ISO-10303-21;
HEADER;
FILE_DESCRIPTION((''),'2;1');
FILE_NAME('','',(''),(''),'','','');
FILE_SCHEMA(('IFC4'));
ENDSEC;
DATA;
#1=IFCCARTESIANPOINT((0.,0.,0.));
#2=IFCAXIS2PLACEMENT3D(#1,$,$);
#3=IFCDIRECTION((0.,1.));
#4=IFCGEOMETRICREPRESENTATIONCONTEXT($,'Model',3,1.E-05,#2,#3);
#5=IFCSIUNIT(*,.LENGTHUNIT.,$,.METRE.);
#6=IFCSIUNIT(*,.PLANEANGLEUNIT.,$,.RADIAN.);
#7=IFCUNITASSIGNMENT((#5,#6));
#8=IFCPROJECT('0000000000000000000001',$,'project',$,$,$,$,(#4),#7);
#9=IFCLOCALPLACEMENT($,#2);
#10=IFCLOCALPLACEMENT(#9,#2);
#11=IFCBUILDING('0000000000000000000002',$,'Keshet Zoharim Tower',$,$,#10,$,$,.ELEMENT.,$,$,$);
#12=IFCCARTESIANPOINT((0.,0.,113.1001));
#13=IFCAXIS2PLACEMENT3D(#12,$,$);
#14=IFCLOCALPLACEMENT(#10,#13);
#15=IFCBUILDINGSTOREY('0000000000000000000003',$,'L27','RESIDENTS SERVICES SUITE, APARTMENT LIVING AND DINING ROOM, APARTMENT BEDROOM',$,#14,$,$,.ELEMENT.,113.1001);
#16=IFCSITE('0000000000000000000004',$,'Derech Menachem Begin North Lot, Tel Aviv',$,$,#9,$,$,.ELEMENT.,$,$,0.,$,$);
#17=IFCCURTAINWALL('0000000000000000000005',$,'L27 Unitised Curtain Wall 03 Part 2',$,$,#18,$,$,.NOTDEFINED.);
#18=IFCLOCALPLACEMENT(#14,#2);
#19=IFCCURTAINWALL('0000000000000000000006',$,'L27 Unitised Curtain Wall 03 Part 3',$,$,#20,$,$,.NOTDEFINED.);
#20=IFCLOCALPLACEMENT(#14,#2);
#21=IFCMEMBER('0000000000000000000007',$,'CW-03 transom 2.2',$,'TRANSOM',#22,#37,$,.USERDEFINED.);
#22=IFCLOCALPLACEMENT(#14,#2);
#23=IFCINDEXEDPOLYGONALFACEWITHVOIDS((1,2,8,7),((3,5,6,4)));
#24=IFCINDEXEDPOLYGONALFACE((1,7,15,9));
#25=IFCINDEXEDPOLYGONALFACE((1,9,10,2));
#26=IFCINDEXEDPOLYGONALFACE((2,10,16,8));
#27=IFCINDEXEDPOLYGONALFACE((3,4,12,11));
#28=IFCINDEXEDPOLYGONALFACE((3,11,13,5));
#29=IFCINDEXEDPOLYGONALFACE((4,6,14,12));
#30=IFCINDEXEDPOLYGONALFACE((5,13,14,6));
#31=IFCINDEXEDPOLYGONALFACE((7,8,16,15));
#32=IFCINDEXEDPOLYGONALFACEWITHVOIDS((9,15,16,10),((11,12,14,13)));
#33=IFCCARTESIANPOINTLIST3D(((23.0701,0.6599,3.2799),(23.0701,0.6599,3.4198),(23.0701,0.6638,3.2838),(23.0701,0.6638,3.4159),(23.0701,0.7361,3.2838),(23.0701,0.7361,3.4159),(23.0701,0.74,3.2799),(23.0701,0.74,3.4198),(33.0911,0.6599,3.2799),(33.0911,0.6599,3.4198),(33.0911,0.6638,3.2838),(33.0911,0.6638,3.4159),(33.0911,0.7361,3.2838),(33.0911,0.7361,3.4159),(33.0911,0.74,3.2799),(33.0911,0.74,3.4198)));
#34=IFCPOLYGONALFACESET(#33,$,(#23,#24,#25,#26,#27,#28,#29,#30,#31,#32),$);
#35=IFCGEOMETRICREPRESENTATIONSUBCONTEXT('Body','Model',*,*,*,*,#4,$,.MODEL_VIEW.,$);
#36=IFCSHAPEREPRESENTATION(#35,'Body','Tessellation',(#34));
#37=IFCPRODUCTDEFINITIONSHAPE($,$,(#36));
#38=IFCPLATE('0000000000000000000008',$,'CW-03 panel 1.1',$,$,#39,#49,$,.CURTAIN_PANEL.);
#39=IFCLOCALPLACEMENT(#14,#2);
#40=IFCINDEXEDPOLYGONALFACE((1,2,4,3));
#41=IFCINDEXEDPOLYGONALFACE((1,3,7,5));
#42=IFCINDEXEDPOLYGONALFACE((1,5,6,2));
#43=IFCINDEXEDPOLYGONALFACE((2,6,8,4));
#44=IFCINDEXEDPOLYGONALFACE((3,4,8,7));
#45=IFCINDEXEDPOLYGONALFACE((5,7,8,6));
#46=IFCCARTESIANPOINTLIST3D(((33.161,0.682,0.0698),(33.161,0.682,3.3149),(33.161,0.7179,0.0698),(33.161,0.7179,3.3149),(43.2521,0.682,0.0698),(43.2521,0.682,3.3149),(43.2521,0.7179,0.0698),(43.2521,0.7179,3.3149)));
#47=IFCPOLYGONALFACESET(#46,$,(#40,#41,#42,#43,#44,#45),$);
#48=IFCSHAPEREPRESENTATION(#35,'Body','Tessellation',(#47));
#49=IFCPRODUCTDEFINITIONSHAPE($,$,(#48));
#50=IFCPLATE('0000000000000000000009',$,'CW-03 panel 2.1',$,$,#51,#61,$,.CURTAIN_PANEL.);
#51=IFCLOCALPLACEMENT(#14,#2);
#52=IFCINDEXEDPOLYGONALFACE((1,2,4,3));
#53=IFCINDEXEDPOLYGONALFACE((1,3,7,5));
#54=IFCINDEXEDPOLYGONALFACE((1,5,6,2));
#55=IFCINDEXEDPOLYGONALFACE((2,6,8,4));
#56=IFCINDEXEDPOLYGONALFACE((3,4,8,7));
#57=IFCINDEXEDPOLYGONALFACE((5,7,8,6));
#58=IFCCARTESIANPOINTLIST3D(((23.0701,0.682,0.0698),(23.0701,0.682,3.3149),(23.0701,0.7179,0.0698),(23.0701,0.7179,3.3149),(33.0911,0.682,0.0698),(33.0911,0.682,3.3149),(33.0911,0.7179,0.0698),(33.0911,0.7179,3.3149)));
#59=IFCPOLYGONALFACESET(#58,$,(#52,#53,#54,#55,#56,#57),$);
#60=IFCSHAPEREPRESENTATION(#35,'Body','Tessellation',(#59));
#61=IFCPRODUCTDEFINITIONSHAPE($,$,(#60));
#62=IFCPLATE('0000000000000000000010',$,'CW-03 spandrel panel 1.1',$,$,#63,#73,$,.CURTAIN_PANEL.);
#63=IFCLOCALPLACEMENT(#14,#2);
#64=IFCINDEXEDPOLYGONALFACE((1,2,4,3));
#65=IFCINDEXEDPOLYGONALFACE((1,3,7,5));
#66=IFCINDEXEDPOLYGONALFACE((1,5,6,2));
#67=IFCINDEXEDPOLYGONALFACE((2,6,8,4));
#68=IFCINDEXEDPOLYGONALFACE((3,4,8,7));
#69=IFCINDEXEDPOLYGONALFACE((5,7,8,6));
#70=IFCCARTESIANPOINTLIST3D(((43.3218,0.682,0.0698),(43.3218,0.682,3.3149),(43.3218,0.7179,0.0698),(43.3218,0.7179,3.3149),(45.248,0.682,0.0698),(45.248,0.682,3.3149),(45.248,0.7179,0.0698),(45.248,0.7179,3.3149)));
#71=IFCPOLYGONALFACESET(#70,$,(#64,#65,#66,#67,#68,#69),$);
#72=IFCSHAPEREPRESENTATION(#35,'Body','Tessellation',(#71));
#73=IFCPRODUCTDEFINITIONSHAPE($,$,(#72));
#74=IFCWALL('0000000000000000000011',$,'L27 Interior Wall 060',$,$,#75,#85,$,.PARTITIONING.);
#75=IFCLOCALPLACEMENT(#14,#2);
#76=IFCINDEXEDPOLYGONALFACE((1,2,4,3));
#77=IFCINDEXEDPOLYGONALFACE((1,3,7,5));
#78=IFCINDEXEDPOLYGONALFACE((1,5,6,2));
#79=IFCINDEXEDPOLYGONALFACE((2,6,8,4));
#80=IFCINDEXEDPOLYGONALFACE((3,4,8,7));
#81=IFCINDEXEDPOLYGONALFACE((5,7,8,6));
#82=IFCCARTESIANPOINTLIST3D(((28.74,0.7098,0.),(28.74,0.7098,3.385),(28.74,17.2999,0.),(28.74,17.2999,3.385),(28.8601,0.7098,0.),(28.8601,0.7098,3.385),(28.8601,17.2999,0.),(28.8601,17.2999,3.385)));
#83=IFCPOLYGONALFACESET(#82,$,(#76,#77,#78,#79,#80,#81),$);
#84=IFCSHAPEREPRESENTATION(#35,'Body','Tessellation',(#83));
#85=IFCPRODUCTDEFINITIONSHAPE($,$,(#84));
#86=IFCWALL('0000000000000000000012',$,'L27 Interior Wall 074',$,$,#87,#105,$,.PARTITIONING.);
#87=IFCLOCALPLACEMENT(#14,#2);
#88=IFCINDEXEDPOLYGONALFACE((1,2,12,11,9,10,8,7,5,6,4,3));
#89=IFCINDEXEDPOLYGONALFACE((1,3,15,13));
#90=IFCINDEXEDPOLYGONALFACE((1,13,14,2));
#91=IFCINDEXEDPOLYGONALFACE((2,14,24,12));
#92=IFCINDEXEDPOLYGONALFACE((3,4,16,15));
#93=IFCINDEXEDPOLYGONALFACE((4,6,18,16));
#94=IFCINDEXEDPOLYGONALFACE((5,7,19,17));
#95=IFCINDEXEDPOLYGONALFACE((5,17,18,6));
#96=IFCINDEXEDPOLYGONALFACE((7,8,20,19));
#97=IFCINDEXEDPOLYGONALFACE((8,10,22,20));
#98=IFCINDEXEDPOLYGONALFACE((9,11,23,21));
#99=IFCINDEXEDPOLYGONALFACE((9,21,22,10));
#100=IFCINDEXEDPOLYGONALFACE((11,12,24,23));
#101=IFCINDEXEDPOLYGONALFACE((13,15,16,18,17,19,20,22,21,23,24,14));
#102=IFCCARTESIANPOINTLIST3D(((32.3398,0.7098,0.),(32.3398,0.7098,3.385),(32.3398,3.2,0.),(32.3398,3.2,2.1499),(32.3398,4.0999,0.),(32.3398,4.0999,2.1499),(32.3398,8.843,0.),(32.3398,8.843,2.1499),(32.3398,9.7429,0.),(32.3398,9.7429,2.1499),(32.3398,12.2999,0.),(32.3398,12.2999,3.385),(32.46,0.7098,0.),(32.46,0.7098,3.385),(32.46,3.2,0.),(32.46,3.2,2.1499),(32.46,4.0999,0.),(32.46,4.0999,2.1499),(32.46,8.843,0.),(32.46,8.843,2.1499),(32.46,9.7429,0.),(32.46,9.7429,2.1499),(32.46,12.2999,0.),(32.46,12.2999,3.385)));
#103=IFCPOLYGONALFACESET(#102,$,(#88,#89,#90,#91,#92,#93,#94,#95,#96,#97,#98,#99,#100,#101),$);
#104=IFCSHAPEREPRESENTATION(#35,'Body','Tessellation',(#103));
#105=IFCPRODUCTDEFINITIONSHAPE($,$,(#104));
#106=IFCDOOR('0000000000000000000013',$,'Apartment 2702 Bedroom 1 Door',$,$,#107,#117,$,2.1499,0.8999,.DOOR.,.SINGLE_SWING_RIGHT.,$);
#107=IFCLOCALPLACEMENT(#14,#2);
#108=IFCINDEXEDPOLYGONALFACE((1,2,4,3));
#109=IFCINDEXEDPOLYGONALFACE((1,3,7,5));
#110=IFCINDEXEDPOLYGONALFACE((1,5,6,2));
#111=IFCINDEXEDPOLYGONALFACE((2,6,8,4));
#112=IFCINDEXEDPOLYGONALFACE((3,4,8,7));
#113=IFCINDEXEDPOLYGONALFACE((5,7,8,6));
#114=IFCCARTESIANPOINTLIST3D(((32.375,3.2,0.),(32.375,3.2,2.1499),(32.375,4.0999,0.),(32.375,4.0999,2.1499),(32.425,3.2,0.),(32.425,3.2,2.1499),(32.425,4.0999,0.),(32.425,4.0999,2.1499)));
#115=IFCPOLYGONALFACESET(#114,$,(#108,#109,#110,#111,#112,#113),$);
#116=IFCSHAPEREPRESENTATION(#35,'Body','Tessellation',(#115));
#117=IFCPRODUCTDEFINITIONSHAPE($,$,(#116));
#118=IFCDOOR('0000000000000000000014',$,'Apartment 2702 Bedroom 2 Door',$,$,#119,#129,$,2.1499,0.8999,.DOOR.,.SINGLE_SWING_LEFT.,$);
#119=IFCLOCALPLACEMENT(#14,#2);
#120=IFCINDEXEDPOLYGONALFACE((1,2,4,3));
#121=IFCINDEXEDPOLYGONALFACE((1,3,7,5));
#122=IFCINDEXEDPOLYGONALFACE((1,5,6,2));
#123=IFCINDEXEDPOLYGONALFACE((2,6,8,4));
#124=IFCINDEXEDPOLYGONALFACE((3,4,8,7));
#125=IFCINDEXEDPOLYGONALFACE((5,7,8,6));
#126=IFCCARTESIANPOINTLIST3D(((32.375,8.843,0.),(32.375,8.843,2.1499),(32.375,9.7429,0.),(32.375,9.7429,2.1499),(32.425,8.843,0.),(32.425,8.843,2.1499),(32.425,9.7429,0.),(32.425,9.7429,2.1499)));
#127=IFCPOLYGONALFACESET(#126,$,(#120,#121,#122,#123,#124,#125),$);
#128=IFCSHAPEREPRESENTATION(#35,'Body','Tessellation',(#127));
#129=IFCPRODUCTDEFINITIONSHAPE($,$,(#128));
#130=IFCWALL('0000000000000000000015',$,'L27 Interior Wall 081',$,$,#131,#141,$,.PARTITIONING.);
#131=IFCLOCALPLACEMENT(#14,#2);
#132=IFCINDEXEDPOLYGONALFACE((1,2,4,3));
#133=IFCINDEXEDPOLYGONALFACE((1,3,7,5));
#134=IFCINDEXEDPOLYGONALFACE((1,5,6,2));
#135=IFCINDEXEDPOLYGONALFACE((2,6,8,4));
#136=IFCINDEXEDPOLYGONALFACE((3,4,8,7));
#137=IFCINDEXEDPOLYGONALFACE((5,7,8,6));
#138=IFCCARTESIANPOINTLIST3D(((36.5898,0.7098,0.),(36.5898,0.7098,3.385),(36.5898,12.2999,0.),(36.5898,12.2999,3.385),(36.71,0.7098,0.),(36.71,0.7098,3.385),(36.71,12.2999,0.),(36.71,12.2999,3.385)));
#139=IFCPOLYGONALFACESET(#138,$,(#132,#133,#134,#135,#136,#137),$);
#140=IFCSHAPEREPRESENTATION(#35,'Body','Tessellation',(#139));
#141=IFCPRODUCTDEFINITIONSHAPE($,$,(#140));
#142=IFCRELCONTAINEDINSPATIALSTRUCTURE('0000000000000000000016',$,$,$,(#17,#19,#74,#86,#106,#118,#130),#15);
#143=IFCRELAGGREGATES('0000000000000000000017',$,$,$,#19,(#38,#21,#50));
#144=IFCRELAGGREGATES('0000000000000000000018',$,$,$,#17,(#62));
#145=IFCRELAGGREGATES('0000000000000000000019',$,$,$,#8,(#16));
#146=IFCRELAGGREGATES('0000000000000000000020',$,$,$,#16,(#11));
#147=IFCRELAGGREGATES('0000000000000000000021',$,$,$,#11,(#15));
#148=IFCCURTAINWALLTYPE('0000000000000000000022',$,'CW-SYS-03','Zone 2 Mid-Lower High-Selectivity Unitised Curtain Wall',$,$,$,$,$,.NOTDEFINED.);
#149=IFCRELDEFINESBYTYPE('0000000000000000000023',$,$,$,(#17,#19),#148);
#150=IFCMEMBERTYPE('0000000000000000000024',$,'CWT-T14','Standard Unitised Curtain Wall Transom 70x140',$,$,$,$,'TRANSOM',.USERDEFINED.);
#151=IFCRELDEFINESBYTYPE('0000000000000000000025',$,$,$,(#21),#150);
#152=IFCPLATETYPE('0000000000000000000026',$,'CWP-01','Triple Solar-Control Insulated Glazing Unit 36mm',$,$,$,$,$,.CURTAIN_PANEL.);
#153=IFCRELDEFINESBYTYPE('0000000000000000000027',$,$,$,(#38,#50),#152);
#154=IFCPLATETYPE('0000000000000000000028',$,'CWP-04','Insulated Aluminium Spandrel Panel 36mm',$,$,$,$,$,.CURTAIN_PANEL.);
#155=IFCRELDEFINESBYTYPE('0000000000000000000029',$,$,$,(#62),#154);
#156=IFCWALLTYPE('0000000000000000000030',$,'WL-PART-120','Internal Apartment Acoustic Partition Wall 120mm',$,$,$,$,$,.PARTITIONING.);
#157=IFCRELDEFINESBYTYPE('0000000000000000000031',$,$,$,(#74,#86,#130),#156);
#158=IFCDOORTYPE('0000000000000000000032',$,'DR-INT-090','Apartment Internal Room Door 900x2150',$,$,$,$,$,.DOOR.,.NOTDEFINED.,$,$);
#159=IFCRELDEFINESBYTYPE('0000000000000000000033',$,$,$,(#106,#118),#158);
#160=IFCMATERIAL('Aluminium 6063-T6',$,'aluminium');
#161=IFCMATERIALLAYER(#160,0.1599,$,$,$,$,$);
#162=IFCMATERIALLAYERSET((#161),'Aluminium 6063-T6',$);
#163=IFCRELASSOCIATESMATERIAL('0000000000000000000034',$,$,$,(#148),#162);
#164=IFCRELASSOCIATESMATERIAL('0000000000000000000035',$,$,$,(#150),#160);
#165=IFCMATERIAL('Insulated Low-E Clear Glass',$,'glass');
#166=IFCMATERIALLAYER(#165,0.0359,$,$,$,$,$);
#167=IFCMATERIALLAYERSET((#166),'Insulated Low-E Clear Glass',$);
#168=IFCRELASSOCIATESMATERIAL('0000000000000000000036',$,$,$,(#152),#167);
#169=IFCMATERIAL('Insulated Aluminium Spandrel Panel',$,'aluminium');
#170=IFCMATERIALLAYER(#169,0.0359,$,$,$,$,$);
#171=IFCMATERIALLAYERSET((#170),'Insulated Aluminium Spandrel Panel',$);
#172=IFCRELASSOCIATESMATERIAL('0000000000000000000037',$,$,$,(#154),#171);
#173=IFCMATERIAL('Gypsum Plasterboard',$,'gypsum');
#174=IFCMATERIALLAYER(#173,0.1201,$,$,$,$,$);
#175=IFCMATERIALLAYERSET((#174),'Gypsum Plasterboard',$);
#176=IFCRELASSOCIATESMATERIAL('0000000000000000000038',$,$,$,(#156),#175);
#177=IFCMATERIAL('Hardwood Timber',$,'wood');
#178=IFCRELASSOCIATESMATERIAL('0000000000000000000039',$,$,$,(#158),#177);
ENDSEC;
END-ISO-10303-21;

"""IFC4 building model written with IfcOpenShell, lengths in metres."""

from ifc_helpers import new_model, si_unit, direction, frame, frame_2d, origin, origin_2d, place, context, subcontext, project, spatial, rectangle, hollow_rectangle, extrude, material, layer, layer_set, material_profile, profile_set, type_object, element, fill, aggregate, save


model = new_model("IFC4")

# Units and contexts
model_context = context("Model", 3, precision=1e-05, world=origin(), true_north=direction((0.0, 1.0)))
body_context = subcontext(model_context, "Body", "Model", "MODEL_VIEW")
ifc_project = project(units=[si_unit("LENGTHUNIT", "METRE"), si_unit("PLANEANGLEUNIT", "RADIAN")], contexts=[model_context])

# Site, building, storey
site_placement = place(None, origin())
site = spatial("IfcSite", under=ifc_project, at=site_placement, Name="Derech Menachem Begin North Lot, Tel Aviv", CompositionType="ELEMENT", RefElevation=0.0)
building_placement = place(site_placement, origin())
building = spatial("IfcBuilding", under=site, at=building_placement, Name="Keshet Zoharim Tower", CompositionType="ELEMENT")
storey_placement = place(building_placement, frame((0.0, 0.0, 113.1001)))
storey = spatial("IfcBuildingStorey", under=building, at=storey_placement, Name="L27", Description="RESIDENTS SERVICES SUITE, APARTMENT LIVING AND DINING ROOM, APARTMENT BEDROOM", CompositionType="ELEMENT", Elevation=113.1001)

# Curtain wall
ifc_material_1 = material(Name="Aluminium 6063-T6", Category="aluminium")
ifc_layer_1 = layer(ifc_material_1, 0.1599)
ifc_layer_set_1 = layer_set([ifc_layer_1], Name="Aluminium 6063-T6")
curtain_wall_type = type_object("IfcCurtainWallType", Name="CW-SYS-03", Description="Zone 2 Mid-Lower High-Selectivity Unitised Curtain Wall", PredefinedType="NOTDEFINED", material=ifc_layer_set_1)
curtain_wall_1_placement = place(storey_placement, origin())
curtain_wall_1 = element("IfcCurtainWall", 1, at=curtain_wall_1_placement, inside=storey, type_object=curtain_wall_type, Name="L27 Unitised Curtain Wall 03 Part 2", PredefinedType="NOTDEFINED")

# Curtain wall, member, plates
curtain_wall_2_placement = place(storey_placement, origin())
curtain_wall_2 = element("IfcCurtainWall", 2, at=curtain_wall_2_placement, inside=storey, type_object=curtain_wall_type, Name="L27 Unitised Curtain Wall 03 Part 3", PredefinedType="NOTDEFINED")
ifc_material_profile_1 = material_profile(ifc_material_1, hollow_rectangle(XDim=0.0801, YDim=0.1399, WallThickness=0.0039, at=origin_2d()), Name="TRN-80x140")
ifc_profile_set_1 = profile_set([ifc_material_profile_1], Name="Aluminium 6063-T6")
member_type_1 = type_object("IfcMemberType", Name="CWT-T14", Description="Standard Unitised Curtain Wall Transom 70x140", ElementType="TRANSOM", PredefinedType="USERDEFINED", material=ifc_profile_set_1)
member_1_placement = place(storey_placement, frame((33.0911, 0.7, 3.3499), z_axis=(-1.0, 0.0, 0.0), x_axis=(0.0, -1.0, 0.0)))
member_1 = element("IfcMember", 3, at=member_1_placement, type_object=member_type_1, Name="CW-03 transom 2.2", ObjectType="TRANSOM", PredefinedType="USERDEFINED", context=body_context, shape_type="SweptSolid", body=[
    extrude(hollow_rectangle(XDim=0.0801, YDim=0.1399, WallThickness=0.0039, at=origin_2d()), origin(), (0.0, 0.0, 1.0), 10.021),
])
ifc_material_2 = material(Name="Insulated Low-E Clear Glass", Category="glass")
ifc_layer_2 = layer(ifc_material_2, 0.0359)
ifc_layer_set_2 = layer_set([ifc_layer_2], Name="Insulated Low-E Clear Glass")
plate_type_1 = type_object("IfcPlateType", Name="CWP-01", Description="Triple Solar-Control Insulated Glazing Unit 36mm", PredefinedType="CURTAIN_PANEL", material=ifc_layer_set_2)
plate_1_placement = place(storey_placement, frame((38.2065, 0.7, 0.0698), z_axis=(0.0, 0.0, 1.0), x_axis=(-1.0, 0.0, 0.0)))
plate_1 = element("IfcPlate", 4, at=plate_1_placement, type_object=plate_type_1, Name="CW-03 panel 1.1", PredefinedType="CURTAIN_PANEL", context=body_context, shape_type="SweptSolid", body=[
    extrude(rectangle(XDim=10.0911, YDim=0.0359, at=origin_2d()), origin(), (0.0, 0.0, 1.0), 3.2451),
])
plate_2_placement = place(storey_placement, frame((28.0806, 0.7, 0.0698), z_axis=(0.0, 0.0, 1.0), x_axis=(-1.0, 0.0, 0.0)))
plate_2 = element("IfcPlate", 5, at=plate_2_placement, type_object=plate_type_1, Name="CW-03 panel 2.1", PredefinedType="CURTAIN_PANEL", context=body_context, shape_type="SweptSolid", body=[
    extrude(rectangle(XDim=10.021, YDim=0.0359, at=origin_2d()), origin(), (0.0, 0.0, 1.0), 3.2451),
])
aggregate(curtain_wall_2, [plate_1, member_1, plate_2])

# Plate
ifc_material_3 = material(Name="Insulated Aluminium Spandrel Panel", Category="aluminium")
ifc_layer_3 = layer(ifc_material_3, 0.0359)
ifc_layer_set_3 = layer_set([ifc_layer_3], Name="Insulated Aluminium Spandrel Panel")
plate_type_2 = type_object("IfcPlateType", Name="CWP-04", Description="Insulated Aluminium Spandrel Panel 36mm", PredefinedType="CURTAIN_PANEL", material=ifc_layer_set_3)
plate_3_placement = place(storey_placement, frame((44.2849, 0.7, 0.0698), z_axis=(0.0, 0.0, 1.0), x_axis=(-1.0, 0.0, 0.0)))
plate_3 = element("IfcPlate", 6, at=plate_3_placement, type_object=plate_type_2, Name="CW-03 spandrel panel 1.1", PredefinedType="CURTAIN_PANEL", context=body_context, shape_type="SweptSolid", body=[
    extrude(rectangle(XDim=1.9263, YDim=0.0359, at=origin_2d()), origin(), (0.0, 0.0, 1.0), 3.2451),
])
aggregate(curtain_wall_1, [plate_3])

# Wall
ifc_material_4 = material(Name="Gypsum Plasterboard", Category="gypsum")
ifc_layer_4 = layer(ifc_material_4, 0.1201)
ifc_layer_set_4 = layer_set([ifc_layer_4], Name="Gypsum Plasterboard")
wall_type = type_object("IfcWallType", Name="WL-PART-120", Description="Internal Apartment Acoustic Partition Wall 120mm", PredefinedType="PARTITIONING", material=ifc_layer_set_4)
wall_1_placement = place(storey_placement, frame((28.8, 0.71, 0.0), z_axis=(0.0, 0.0, 1.0), x_axis=(0.0, 1.0, 0.0)))
element("IfcWall", 7, at=wall_1_placement, inside=storey, type_object=wall_type, Name="L27 Interior Wall 060", PredefinedType="PARTITIONING", context=body_context, shape_type="SweptSolid", body=[
    extrude(rectangle(XDim=16.5901, YDim=0.1201, at=frame_2d((8.2949, 0.0))), origin(), (0.0, 0.0, 1.0), 3.385),
])

# Wall, openings, doors
wall_2_placement = place(storey_placement, frame((32.3999, 0.71, 0.0), z_axis=(0.0, 0.0, 1.0), x_axis=(0.0, 1.0, 0.0)))
wall_2 = element("IfcWall", 8, at=wall_2_placement, inside=storey, type_object=wall_type, Name="L27 Interior Wall 074", PredefinedType="PARTITIONING", context=body_context, shape_type="SweptSolid", body=[
    extrude(rectangle(XDim=11.5901, YDim=0.1201, at=frame_2d((5.7949, 0.0))), origin(), (0.0, 0.0, 1.0), 3.385),
])
opening_1_placement = place(wall_2_placement, frame((2.49, 0.0, 0.0)))
opening_1 = element("IfcOpeningElement", 9, at=opening_1_placement, cuts=wall_2, PredefinedType="OPENING", context=body_context, shape_type="SweptSolid", body=[
    extrude(rectangle(XDim=0.8999, YDim=2.1499, at=frame_2d((0.45, 1.075))), frame((0.0, 0.0701, 0.0), z_axis=(0.0, -1.0, 0.0), x_axis=(1.0, 0.0, 0.0)), (0.0, 0.0, 1.0), 0.1401),
])
opening_2_placement = place(wall_2_placement, frame((8.1331, 0.0, 0.0)))
opening_2 = element("IfcOpeningElement", 10, at=opening_2_placement, cuts=wall_2, PredefinedType="OPENING", context=body_context, shape_type="SweptSolid", body=[
    extrude(rectangle(XDim=0.8999, YDim=2.1499, at=frame_2d((0.45, 1.075))), frame((0.0, 0.0701, 0.0), z_axis=(0.0, -1.0, 0.0), x_axis=(1.0, 0.0, 0.0)), (0.0, 0.0, 1.0), 0.1401),
])
ifc_material_5 = material(Name="Hardwood Timber", Category="wood")
door_type = type_object("IfcDoorType", Name="DR-INT-090", Description="Apartment Internal Room Door 900x2150", OperationType="NOTDEFINED", PredefinedType="DOOR", material=ifc_material_5)
door_1_placement = place(opening_1_placement, origin())
door_1 = element("IfcDoor", 11, at=door_1_placement, inside=storey, type_object=door_type, Name="Apartment 2702 Bedroom 1 Door", OperationType="SINGLE_SWING_RIGHT", OverallHeight=2.1499, OverallWidth=0.8999, PredefinedType="DOOR", context=body_context, shape_type="SweptSolid", body=[
    extrude(rectangle(XDim=0.8999, YDim=2.1499, at=frame_2d((0.45, 1.075))), frame((0.0, 0.0249, 0.0), z_axis=(0.0, -1.0, 0.0), x_axis=(1.0, 0.0, 0.0)), (0.0, 0.0, 1.0), 0.05),
])
fill(opening_1, door_1)
door_2_placement = place(opening_2_placement, origin())
door_2 = element("IfcDoor", 12, at=door_2_placement, inside=storey, type_object=door_type, Name="Apartment 2702 Bedroom 2 Door", OperationType="SINGLE_SWING_LEFT", OverallHeight=2.1499, OverallWidth=0.8999, PredefinedType="DOOR", context=body_context, shape_type="SweptSolid", body=[
    extrude(rectangle(XDim=0.8999, YDim=2.1499, at=frame_2d((0.45, 1.075))), frame((0.0, 0.0249, 0.0), z_axis=(0.0, -1.0, 0.0), x_axis=(1.0, 0.0, 0.0)), (0.0, 0.0, 1.0), 0.05),
])
fill(opening_2, door_2)

# Wall
wall_3_placement = place(storey_placement, frame((36.6499, 0.71, 0.0), z_axis=(0.0, 0.0, 1.0), x_axis=(0.0, 1.0, 0.0)))
element("IfcWall", 13, at=wall_3_placement, inside=storey, type_object=wall_type, Name="L27 Interior Wall 081", PredefinedType="PARTITIONING", context=body_context, shape_type="SweptSolid", body=[
    extrude(rectangle(XDim=11.5901, YDim=0.1201, at=frame_2d((5.7949, 0.0))), origin(), (0.0, 0.0, 1.0), 3.385),
])

save(model, "model.ifc")
